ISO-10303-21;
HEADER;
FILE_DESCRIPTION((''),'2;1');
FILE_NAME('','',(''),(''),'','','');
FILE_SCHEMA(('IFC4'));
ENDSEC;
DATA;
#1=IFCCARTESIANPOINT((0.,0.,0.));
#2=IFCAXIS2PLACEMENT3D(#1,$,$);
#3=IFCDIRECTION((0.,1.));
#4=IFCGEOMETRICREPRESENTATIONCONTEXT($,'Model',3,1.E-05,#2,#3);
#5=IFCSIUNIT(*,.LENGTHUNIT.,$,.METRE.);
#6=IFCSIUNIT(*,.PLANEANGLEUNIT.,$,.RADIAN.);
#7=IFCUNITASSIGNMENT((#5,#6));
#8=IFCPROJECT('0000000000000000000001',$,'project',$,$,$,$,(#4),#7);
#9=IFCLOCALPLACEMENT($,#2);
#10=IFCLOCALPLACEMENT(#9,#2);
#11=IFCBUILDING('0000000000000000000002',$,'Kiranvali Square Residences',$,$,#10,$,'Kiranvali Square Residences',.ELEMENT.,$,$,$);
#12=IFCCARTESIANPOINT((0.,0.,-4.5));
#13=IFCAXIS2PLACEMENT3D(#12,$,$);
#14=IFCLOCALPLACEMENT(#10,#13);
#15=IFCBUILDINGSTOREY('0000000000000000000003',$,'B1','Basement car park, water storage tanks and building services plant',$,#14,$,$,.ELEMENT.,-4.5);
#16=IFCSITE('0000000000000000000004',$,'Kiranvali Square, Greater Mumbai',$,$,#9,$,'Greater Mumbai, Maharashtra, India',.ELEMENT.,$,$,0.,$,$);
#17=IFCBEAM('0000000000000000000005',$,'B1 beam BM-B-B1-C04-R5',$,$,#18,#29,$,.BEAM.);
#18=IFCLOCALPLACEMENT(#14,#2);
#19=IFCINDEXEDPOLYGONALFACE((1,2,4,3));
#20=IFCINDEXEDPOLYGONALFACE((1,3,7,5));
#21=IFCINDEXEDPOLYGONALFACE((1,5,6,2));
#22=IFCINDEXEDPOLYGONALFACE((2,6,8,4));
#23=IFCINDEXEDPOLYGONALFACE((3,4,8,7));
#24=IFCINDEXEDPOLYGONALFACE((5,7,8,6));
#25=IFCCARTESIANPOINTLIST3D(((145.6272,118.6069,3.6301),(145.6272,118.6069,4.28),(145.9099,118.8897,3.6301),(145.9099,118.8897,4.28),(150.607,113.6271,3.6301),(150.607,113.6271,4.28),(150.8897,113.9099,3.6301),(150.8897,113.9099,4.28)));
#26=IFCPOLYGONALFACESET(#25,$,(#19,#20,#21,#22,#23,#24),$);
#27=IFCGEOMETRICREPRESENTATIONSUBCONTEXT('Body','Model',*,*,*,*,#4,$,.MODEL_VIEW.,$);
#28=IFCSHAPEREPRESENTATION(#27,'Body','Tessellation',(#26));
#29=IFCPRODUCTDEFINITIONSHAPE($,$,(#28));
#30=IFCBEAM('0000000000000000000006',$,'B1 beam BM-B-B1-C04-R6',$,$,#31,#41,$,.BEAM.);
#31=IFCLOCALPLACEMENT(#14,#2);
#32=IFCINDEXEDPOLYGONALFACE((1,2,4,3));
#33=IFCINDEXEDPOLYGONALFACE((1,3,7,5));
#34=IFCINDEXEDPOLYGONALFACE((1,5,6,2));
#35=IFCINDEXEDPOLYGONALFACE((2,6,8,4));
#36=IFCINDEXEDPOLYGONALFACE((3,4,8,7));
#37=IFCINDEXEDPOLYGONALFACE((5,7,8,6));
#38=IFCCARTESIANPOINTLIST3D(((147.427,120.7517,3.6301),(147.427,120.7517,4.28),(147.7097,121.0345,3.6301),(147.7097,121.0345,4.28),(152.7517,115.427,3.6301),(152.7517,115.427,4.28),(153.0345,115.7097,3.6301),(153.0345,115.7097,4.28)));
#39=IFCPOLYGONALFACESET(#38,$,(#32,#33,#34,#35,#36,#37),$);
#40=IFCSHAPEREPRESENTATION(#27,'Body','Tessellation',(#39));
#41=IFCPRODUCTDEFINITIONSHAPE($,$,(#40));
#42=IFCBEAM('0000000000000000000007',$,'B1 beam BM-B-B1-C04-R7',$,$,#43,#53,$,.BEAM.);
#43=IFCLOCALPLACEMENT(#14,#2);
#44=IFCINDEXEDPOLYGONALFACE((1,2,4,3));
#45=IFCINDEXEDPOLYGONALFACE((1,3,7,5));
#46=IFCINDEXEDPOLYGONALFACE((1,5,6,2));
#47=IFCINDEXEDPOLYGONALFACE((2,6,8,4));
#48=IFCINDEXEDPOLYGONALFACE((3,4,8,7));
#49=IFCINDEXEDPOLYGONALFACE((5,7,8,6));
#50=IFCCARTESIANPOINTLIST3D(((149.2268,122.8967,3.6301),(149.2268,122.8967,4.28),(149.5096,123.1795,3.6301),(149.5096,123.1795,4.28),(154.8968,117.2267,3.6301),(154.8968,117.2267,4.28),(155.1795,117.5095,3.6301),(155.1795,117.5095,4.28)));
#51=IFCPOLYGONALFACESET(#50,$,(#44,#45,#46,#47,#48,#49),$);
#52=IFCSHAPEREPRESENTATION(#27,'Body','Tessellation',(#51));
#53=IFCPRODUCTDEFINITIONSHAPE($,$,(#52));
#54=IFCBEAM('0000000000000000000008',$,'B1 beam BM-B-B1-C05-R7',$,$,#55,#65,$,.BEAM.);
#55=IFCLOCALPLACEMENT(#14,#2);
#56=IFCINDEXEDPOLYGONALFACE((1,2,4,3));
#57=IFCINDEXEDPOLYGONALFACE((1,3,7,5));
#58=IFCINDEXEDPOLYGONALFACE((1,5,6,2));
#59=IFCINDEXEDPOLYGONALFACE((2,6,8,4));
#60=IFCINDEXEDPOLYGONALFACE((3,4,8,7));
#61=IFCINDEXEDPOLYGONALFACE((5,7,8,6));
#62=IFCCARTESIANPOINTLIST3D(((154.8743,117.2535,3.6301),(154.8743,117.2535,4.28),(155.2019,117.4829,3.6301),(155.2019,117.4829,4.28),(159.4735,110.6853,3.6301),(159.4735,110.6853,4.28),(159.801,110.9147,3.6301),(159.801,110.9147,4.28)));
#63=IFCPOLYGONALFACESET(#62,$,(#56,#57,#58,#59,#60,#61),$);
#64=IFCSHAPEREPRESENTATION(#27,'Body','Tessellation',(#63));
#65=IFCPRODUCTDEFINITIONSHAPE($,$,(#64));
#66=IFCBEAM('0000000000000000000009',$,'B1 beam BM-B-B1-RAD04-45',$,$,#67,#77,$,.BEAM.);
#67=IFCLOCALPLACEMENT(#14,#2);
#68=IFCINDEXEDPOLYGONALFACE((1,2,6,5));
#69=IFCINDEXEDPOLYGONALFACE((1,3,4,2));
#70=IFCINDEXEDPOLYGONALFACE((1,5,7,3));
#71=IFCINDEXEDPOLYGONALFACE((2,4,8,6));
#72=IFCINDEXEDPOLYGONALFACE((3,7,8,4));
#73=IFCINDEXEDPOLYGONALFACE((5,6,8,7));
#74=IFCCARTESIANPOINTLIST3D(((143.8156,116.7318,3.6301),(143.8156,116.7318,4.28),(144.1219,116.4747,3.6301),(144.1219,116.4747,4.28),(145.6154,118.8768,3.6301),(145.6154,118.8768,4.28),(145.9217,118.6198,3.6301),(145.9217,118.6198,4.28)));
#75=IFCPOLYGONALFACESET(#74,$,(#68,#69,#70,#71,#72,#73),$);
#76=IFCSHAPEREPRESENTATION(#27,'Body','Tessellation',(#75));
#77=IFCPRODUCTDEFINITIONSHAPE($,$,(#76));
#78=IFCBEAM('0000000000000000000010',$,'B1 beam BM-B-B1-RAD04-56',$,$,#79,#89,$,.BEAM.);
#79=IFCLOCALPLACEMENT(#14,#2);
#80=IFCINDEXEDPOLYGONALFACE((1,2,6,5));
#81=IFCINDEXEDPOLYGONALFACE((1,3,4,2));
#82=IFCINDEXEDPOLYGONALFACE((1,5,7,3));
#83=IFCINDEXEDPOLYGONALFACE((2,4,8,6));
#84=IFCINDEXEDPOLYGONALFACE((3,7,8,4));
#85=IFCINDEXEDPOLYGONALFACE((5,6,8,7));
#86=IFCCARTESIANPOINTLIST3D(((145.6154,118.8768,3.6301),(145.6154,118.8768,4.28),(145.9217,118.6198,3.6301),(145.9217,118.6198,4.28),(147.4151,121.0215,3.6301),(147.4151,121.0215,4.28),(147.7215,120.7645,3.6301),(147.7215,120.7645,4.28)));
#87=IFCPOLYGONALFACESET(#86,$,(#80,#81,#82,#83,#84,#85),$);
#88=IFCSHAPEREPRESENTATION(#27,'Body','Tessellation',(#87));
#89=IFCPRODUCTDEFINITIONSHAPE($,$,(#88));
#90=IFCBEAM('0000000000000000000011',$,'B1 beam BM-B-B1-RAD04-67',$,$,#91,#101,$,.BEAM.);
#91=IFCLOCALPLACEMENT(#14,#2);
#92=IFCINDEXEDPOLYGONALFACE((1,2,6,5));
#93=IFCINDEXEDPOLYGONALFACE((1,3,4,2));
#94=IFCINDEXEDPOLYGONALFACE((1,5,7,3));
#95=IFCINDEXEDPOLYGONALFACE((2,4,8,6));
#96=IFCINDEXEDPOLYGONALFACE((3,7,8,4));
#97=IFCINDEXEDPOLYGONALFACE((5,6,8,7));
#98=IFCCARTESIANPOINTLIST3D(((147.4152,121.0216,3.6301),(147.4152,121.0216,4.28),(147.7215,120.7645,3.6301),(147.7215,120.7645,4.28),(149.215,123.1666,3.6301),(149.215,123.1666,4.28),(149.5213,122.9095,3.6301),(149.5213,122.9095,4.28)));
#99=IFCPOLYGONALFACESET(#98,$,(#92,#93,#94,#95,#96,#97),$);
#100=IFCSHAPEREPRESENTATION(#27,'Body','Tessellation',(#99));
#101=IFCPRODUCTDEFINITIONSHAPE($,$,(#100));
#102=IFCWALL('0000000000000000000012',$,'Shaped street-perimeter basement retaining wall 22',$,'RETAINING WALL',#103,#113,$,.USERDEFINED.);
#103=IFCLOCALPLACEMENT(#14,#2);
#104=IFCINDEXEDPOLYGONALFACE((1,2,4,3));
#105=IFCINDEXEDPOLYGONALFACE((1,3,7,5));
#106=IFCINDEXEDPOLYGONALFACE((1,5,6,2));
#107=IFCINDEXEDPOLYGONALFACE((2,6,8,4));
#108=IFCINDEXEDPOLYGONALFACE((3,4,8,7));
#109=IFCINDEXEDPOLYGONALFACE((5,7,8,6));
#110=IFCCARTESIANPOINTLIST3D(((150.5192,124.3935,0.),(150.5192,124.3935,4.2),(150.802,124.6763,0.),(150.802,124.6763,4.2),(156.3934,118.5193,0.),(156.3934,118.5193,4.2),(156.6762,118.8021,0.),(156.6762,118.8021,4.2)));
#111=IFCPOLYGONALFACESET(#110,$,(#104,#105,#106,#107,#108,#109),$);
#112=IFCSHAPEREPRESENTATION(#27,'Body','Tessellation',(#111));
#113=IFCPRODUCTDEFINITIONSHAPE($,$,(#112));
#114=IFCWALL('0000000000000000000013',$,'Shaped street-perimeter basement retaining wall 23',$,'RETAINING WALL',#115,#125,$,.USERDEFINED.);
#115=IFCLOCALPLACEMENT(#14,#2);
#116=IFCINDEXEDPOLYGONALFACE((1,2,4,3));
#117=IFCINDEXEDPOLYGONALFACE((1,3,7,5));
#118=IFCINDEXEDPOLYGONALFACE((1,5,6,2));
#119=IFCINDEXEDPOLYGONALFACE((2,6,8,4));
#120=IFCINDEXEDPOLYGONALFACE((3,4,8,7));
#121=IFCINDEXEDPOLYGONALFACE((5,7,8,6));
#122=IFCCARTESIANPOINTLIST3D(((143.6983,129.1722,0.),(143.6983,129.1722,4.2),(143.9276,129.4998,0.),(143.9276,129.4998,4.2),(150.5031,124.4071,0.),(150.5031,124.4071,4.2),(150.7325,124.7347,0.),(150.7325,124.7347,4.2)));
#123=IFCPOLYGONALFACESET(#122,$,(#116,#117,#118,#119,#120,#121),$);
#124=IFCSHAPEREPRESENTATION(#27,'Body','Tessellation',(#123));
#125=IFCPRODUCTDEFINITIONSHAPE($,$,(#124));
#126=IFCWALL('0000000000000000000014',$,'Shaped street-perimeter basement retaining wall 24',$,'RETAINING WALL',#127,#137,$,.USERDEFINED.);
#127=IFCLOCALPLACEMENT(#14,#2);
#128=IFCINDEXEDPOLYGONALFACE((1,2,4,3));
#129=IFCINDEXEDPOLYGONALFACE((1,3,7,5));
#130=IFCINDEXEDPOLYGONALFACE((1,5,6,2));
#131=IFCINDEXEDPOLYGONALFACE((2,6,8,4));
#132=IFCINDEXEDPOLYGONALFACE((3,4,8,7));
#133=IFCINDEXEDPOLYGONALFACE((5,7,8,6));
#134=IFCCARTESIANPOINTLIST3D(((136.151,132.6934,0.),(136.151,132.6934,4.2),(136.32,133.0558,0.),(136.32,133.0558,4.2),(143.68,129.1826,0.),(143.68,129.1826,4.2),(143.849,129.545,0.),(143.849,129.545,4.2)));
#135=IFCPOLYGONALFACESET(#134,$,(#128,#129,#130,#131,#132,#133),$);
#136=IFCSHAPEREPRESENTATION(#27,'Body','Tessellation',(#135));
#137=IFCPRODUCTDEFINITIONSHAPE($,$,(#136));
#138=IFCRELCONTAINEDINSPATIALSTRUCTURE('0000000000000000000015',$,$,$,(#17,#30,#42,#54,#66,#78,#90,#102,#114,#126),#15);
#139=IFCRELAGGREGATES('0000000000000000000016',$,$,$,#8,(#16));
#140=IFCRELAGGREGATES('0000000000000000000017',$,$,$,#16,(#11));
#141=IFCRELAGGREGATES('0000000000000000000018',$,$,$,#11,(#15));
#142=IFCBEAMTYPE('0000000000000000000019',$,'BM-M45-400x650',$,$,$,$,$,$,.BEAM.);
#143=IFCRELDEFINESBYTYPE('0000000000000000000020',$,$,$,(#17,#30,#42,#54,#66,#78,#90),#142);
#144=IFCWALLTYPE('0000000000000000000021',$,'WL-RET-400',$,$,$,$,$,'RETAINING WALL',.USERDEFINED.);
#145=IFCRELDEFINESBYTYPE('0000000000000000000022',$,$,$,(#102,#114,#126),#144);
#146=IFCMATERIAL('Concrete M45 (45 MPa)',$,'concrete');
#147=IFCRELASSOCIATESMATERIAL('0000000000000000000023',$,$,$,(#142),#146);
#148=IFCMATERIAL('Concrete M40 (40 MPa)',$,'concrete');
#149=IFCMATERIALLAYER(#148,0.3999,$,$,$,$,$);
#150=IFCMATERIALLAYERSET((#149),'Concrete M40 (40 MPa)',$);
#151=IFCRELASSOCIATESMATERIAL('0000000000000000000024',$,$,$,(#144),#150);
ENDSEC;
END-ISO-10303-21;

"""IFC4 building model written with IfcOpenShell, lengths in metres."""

from ifc_helpers import new_model, si_unit, direction, frame, frame_2d, origin, origin_2d, place, context, subcontext, project, spatial, rectangle, extrude, material, layer, layer_set, material_profile, profile_set, type_object, element, save


model = new_model("IFC4")

# Units and contexts
model_context = context("Model", 3, precision=1e-05, world=origin(), true_north=direction((0.0, 1.0)))
body_context = subcontext(model_context, "Body", "Model", "MODEL_VIEW")
ifc_project = project(units=[si_unit("LENGTHUNIT", "METRE"), si_unit("PLANEANGLEUNIT", "RADIAN")], contexts=[model_context])

# Site, building, storey
site_placement = place(None, origin())
site = spatial("IfcSite", under=ifc_project, at=site_placement, Name="Kiranvali Square, Greater Mumbai", LongName="Greater Mumbai, Maharashtra, India", CompositionType="ELEMENT", RefElevation=0.0)
building_placement = place(site_placement, origin())
building = spatial("IfcBuilding", under=site, at=building_placement, Name="Kiranvali Square Residences", LongName="Kiranvali Square Residences", CompositionType="ELEMENT")
storey_placement = place(building_placement, frame((0.0, 0.0, -4.5)))
storey = spatial("IfcBuildingStorey", under=building, at=storey_placement, Name="B1", Description="Basement car park, water storage tanks and building services plant", CompositionType="ELEMENT", Elevation=-4.5)

# Shared definitions
ifc_material_1 = material(Name="Concrete M40 (40 MPa)", Category="concrete")

# Beams
ifc_material_2 = material(Name="Concrete M45 (45 MPa)", Category="concrete")
ifc_material_profile_1 = material_profile(ifc_material_2, rectangle(XDim=0.3999, YDim=0.6499, at=origin_2d()), Name="RC 400x650")
ifc_profile_set_1 = profile_set([ifc_material_profile_1], Name="Concrete M45 (45 MPa)")
beam_type = type_object("IfcBeamType", Name="BM-M45-400x650", PredefinedType="BEAM", material=ifc_profile_set_1)
beam_1_placement = place(storey_placement, frame((145.7686, 118.7483, 3.9551), z_axis=(0.707107, -0.707107, 0.0), x_axis=(0.707107, 0.707107, 0.0)))
element("IfcBeam", 1, at=beam_1_placement, inside=storey, type_object=beam_type, Name="B1 beam BM-B-B1-C04-R5", PredefinedType="BEAM", context=body_context, shape_type="SweptSolid", body=[
    extrude(rectangle(XDim=0.3999, YDim=0.6499, at=origin_2d()), origin(), (0.0, 0.0, 1.0), 7.0425),
])
beam_2_placement = place(storey_placement, frame((147.5684, 120.8931, 3.9551), z_axis=(0.707107, -0.707107, 0.0), x_axis=(0.707107, 0.707107, 0.0)))
element("IfcBeam", 2, at=beam_2_placement, inside=storey, type_object=beam_type, Name="B1 beam BM-B-B1-C04-R6", PredefinedType="BEAM", context=body_context, shape_type="SweptSolid", body=[
    extrude(rectangle(XDim=0.3999, YDim=0.6499, at=origin_2d()), origin(), (0.0, 0.0, 1.0), 7.5303),
])
beam_3_placement = place(storey_placement, frame((149.3682, 123.0381, 3.9551), z_axis=(0.707107, -0.707107, 0.0), x_axis=(0.707107, 0.707107, 0.0)))
element("IfcBeam", 3, at=beam_3_placement, inside=storey, type_object=beam_type, Name="B1 beam BM-B-B1-C04-R7", PredefinedType="BEAM", context=body_context, shape_type="SweptSolid", body=[
    extrude(rectangle(XDim=0.3999, YDim=0.6499, at=origin_2d()), origin(), (0.0, 0.0, 1.0), 8.0186),
])
beam_4_placement = place(storey_placement, frame((155.0381, 117.3682, 3.9551), z_axis=(0.573583, -0.819148, 0.0), x_axis=(0.819148, 0.573583, 0.0)))
element("IfcBeam", 4, at=beam_4_placement, inside=storey, type_object=beam_type, Name="B1 beam BM-B-B1-C05-R7", PredefinedType="BEAM", context=body_context, shape_type="SweptSolid", body=[
    extrude(rectangle(XDim=0.3999, YDim=0.6499, at=origin_2d()), origin(), (0.0, 0.0, 1.0), 8.0183),
])
beam_5_placement = place(storey_placement, frame((143.9688, 116.6033, 3.9551), z_axis=(0.642771, 0.766059, 0.0), x_axis=(-0.766059, 0.642771, 0.0)))
element("IfcBeam", 5, at=beam_5_placement, inside=storey, type_object=beam_type, Name="B1 beam BM-B-B1-RAD04-45", PredefinedType="BEAM", context=body_context, shape_type="SweptSolid", body=[
    extrude(rectangle(XDim=0.3999, YDim=0.6499, at=origin_2d()), origin(), (0.0, 0.0, 1.0), 2.8),
])
beam_6_placement = place(storey_placement, frame((145.7686, 118.7483, 3.9551), z_axis=(0.642814, 0.766023, 0.0), x_axis=(-0.766023, 0.642814, 0.0)))
element("IfcBeam", 6, at=beam_6_placement, inside=storey, type_object=beam_type, Name="B1 beam BM-B-B1-RAD04-56", PredefinedType="BEAM", context=body_context, shape_type="SweptSolid", body=[
    extrude(rectangle(XDim=0.3999, YDim=0.6499, at=origin_2d()), origin(), (0.0, 0.0, 1.0), 2.7998),
])
beam_7_placement = place(storey_placement, frame((147.5684, 120.8931, 3.9551), z_axis=(0.642771, 0.766059, 0.0), x_axis=(-0.766059, 0.642771, 0.0)))
element("IfcBeam", 7, at=beam_7_placement, inside=storey, type_object=beam_type, Name="B1 beam BM-B-B1-RAD04-67", PredefinedType="BEAM", context=body_context, shape_type="SweptSolid", body=[
    extrude(rectangle(XDim=0.3999, YDim=0.6499, at=origin_2d()), origin(), (0.0, 0.0, 1.0), 2.8),
])

# Walls
ifc_layer = layer(ifc_material_1, 0.3999)
ifc_layer_set = layer_set([ifc_layer], Name="Concrete M40 (40 MPa)")
wall_type = type_object("IfcWallType", Name="WL-RET-400", ElementType="RETAINING WALL", PredefinedType="USERDEFINED", material=ifc_layer_set)
for number, where, z_axis, x_axis, name in (
    (8, (156.5349, 118.6606, 0.0), (0.0, 0.0, 1.0), (-0.707107, 0.707107, 0.0), "Shaped street-perimeter basement retaining wall 22"),
    (9, (150.6179, 124.5708, 0.0), (0.0, 0.0, 1.0), (-0.819137, 0.573598, 0.0), "Shaped street-perimeter basement retaining wall 23"),
    (10, (143.7646, 129.3638, 0.0), (0.0, 0.0, 1.0), (-0.906313, 0.422607, 0.0), "Shaped street-perimeter basement retaining wall 24"),
):
    element("IfcWall", number, at=place(storey_placement, frame(where, z_axis=z_axis, x_axis=x_axis)), inside=storey, type_object=wall_type, Name=name, ObjectType="RETAINING WALL", PredefinedType="USERDEFINED", context=body_context, shape_type="SweptSolid", body=[
        extrude(rectangle(XDim=8.3074, YDim=0.3999, at=frame_2d((4.1538, 0.0))), origin(), (0.0, 0.0, 1.0), 4.2),
    ])

save(model, "model.ifc")
